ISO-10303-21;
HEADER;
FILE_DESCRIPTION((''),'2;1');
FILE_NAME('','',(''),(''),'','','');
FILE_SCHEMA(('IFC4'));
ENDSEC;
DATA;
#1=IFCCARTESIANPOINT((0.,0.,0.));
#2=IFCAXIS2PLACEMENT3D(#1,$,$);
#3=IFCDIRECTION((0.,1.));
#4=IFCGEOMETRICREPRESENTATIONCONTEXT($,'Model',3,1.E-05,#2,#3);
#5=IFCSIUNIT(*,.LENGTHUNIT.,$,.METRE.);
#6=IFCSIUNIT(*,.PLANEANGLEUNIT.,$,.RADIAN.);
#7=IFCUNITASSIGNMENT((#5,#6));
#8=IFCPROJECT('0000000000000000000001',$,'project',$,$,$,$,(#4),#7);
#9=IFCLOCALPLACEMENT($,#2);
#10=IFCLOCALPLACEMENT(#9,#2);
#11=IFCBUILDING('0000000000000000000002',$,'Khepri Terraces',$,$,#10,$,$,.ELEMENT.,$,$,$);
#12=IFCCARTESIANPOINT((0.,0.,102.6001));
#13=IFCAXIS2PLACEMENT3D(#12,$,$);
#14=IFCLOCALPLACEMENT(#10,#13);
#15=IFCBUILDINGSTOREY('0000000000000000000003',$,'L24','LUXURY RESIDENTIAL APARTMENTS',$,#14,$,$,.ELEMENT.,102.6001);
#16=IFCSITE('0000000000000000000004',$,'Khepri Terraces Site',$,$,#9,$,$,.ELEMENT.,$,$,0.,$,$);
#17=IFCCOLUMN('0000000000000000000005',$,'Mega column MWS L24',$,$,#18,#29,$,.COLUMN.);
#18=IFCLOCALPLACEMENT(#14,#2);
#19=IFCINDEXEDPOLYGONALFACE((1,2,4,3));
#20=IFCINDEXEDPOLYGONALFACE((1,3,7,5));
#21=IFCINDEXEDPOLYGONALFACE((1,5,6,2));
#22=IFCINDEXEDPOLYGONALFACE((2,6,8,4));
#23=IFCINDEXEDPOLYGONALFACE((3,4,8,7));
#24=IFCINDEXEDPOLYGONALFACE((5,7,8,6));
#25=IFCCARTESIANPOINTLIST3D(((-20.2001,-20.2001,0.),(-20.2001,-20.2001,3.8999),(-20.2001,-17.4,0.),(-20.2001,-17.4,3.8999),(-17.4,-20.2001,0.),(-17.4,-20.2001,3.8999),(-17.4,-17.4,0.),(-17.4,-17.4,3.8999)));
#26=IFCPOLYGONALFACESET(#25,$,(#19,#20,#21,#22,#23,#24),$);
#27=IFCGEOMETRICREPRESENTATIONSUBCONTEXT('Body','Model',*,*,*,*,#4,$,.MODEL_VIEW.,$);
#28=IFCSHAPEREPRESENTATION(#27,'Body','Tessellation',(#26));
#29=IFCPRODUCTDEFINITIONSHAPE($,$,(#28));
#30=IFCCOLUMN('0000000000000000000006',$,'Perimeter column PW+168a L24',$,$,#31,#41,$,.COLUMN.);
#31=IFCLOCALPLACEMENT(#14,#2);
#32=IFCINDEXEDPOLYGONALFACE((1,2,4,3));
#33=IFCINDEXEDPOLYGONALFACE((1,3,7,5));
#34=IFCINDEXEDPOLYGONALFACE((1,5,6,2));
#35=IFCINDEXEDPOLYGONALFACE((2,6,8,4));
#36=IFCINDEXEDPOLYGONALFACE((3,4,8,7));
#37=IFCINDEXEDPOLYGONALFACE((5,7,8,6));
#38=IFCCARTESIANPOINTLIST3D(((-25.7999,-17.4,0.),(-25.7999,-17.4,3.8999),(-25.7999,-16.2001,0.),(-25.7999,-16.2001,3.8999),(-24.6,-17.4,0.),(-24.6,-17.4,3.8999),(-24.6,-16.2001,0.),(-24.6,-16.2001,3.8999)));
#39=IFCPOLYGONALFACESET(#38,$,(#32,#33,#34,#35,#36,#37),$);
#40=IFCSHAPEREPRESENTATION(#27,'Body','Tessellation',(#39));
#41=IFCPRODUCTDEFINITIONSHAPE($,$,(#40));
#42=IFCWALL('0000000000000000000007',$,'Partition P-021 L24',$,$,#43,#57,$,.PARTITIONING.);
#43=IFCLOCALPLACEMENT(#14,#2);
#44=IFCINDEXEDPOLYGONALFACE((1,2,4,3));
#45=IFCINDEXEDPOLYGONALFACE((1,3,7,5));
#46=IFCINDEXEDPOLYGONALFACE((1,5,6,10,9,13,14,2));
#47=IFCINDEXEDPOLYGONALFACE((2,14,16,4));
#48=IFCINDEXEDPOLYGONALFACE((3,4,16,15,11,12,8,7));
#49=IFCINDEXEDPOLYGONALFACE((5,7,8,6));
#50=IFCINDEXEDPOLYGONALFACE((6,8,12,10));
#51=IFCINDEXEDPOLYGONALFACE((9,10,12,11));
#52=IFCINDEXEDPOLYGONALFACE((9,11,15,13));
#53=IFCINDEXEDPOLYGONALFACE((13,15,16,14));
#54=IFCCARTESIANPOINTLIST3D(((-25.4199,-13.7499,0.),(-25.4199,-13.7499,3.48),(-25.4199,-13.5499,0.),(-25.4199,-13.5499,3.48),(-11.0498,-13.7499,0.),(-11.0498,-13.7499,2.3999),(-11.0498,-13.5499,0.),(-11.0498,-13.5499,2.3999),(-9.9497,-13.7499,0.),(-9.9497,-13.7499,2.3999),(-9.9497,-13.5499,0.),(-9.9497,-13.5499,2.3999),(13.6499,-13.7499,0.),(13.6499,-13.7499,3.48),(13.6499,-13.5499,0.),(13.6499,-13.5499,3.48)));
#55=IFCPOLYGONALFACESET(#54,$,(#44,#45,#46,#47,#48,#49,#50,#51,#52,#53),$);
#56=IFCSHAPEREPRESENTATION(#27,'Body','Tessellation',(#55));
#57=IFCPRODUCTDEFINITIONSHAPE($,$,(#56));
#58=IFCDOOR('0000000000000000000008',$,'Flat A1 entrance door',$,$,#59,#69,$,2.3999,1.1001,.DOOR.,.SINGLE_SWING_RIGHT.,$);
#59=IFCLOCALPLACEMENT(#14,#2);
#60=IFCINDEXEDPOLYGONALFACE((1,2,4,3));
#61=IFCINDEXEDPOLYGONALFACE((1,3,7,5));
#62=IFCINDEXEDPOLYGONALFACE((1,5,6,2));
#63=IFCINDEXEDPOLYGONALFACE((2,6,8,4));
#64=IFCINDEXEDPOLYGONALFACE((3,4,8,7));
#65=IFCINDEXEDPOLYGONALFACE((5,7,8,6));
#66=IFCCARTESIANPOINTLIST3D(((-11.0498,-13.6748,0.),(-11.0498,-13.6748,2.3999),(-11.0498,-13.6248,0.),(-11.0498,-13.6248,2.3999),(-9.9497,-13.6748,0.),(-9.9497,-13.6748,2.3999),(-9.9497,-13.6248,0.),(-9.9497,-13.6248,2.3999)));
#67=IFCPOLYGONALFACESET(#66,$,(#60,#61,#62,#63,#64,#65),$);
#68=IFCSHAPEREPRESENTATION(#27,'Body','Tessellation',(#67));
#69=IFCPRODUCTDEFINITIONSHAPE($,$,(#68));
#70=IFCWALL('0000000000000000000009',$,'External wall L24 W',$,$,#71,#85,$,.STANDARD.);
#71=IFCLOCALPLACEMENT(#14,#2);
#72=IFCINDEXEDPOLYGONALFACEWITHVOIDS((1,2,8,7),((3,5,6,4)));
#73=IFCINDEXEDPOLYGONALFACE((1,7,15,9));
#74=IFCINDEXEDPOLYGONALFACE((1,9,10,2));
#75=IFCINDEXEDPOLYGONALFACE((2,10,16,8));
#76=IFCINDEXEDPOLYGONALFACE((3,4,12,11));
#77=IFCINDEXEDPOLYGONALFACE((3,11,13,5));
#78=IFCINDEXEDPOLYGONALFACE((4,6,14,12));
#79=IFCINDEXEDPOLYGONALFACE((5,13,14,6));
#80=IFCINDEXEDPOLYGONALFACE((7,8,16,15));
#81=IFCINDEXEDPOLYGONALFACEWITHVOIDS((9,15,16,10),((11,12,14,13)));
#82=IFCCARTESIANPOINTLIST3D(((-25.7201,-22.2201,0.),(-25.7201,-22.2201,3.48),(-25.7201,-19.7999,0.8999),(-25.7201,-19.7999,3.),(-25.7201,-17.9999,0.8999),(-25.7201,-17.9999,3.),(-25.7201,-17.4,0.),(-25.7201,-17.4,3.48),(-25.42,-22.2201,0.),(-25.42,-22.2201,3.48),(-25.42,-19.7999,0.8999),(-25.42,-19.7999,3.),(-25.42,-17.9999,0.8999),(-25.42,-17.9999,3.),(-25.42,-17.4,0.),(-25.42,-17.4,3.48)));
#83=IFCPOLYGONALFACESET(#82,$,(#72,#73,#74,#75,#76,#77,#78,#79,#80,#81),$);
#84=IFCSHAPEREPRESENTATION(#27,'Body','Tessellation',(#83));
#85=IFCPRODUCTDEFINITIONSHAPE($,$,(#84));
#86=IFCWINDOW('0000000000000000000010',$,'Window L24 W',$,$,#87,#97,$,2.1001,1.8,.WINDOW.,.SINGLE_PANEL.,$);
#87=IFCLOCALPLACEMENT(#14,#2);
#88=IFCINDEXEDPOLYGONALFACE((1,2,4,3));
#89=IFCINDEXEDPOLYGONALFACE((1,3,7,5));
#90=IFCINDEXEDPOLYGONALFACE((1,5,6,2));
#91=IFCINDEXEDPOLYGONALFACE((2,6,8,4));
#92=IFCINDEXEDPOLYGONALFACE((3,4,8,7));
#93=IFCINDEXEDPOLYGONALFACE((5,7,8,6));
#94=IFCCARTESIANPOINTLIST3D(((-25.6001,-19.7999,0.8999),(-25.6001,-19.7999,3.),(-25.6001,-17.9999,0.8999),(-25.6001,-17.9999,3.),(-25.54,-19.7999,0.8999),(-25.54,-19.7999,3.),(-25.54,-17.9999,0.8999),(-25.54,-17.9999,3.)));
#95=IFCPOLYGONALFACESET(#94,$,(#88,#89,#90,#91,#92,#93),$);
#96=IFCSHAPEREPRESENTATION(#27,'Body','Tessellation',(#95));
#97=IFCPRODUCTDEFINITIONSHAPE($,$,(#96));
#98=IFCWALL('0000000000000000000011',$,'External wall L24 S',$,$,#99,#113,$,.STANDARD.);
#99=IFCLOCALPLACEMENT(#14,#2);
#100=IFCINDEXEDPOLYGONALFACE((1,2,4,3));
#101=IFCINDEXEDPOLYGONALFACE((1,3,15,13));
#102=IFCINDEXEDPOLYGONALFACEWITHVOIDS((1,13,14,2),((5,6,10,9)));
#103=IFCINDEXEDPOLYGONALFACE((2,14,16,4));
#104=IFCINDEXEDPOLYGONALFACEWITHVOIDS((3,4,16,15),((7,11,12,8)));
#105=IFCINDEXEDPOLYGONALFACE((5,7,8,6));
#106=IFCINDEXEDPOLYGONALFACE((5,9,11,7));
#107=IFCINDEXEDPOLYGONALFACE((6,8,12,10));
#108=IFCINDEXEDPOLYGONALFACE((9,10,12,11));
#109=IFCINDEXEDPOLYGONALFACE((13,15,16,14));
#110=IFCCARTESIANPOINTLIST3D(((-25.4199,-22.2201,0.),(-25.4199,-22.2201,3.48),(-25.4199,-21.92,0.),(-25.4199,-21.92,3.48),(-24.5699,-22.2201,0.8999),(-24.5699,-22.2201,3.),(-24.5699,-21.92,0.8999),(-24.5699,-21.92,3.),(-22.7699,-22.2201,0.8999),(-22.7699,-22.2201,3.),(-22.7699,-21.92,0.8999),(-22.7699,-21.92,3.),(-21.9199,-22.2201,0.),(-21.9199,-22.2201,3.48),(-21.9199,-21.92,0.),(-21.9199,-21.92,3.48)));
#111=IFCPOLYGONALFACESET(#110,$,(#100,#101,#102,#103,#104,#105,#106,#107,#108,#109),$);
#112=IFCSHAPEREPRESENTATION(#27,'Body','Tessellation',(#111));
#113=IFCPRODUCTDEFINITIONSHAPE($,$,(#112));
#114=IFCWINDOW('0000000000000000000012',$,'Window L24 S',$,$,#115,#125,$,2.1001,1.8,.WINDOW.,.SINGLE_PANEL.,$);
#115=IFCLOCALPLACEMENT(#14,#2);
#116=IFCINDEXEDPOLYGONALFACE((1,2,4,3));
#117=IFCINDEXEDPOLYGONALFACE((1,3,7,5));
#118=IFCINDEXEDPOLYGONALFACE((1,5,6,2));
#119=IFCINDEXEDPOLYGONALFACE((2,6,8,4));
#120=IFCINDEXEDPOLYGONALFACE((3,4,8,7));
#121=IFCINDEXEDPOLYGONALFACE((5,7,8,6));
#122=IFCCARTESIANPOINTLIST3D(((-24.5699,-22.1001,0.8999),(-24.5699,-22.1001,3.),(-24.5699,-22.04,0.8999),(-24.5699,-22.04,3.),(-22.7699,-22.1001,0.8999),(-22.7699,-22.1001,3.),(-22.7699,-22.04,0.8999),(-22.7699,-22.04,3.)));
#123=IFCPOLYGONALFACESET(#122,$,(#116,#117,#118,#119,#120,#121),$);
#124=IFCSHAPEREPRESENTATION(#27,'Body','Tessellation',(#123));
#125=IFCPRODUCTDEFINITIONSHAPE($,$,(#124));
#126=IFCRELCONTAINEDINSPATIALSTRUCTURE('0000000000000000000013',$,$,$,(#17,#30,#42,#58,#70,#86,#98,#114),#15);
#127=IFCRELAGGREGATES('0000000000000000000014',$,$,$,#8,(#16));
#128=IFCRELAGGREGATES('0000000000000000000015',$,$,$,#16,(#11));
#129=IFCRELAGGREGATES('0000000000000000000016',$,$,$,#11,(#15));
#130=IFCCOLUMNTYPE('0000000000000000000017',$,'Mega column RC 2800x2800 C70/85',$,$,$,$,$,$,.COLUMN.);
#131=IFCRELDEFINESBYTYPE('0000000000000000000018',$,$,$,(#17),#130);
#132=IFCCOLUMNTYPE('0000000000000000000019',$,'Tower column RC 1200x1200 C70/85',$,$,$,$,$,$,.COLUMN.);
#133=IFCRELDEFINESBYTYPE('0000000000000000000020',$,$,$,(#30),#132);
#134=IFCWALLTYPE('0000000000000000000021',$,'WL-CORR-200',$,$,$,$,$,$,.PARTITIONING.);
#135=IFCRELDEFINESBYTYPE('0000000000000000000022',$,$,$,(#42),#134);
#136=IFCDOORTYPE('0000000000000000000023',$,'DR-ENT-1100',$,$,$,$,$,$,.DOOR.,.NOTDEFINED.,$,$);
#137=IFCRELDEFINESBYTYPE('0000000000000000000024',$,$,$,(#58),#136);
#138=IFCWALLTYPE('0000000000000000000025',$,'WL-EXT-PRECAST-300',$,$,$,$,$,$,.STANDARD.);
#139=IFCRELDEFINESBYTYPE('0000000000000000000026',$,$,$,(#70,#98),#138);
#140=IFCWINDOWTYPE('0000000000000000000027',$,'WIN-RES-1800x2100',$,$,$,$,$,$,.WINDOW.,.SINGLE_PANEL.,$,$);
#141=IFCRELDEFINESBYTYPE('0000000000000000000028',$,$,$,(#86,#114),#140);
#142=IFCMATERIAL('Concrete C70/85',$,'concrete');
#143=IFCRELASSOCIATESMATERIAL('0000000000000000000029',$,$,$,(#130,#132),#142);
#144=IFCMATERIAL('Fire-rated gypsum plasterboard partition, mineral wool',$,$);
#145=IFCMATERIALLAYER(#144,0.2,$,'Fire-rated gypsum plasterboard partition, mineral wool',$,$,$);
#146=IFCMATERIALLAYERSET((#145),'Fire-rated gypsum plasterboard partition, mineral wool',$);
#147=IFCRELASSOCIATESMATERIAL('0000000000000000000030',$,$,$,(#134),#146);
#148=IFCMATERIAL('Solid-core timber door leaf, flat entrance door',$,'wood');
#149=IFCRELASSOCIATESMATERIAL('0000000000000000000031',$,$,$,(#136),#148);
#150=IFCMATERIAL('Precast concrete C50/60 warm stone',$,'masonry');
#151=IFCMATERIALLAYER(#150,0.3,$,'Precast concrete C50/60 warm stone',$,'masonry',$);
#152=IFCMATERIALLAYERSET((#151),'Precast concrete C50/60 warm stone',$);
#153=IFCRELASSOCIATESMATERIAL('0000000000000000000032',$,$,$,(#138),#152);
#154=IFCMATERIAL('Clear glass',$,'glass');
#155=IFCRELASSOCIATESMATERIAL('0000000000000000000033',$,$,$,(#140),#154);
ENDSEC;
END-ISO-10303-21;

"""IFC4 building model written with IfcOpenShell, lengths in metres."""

from ifc_helpers import new_model, si_unit, direction, frame, frame_2d, origin, origin_2d, place, context, subcontext, project, spatial, rectangle, extrude, material, layer, layer_set, material_profile, profile_set, type_object, element, fill, save


model = new_model("IFC4")

# Units and contexts
model_context = context("Model", 3, precision=1e-05, world=origin(), true_north=direction((0.0, 1.0)))
body_context = subcontext(model_context, "Body", "Model", "MODEL_VIEW")
ifc_project = project(units=[si_unit("LENGTHUNIT", "METRE"), si_unit("PLANEANGLEUNIT", "RADIAN")], contexts=[model_context])

# Site, building, storey
site_placement = place(None, origin())
site = spatial("IfcSite", under=ifc_project, at=site_placement, Name="Khepri Terraces Site", CompositionType="ELEMENT", RefElevation=0.0)
building_placement = place(site_placement, origin())
building = spatial("IfcBuilding", under=site, at=building_placement, Name="Khepri Terraces", CompositionType="ELEMENT")
storey_placement = place(building_placement, frame((0.0, 0.0, 102.6001)))
storey = spatial("IfcBuildingStorey", under=building, at=storey_placement, Name="L24", Description="LUXURY RESIDENTIAL APARTMENTS", CompositionType="ELEMENT", Elevation=102.6001)

# Columns
ifc_material_1 = material(Name="Concrete C70/85", Category="concrete")
ifc_material_profile_1 = material_profile(ifc_material_1, rectangle(XDim=2.8, YDim=2.8, at=origin_2d()), Name="Concrete C70/85", Category="concrete")
ifc_profile_set_1 = profile_set([ifc_material_profile_1], Name="Concrete C70/85")
column_type_1 = type_object("IfcColumnType", Name="Mega column RC 2800x2800 C70/85", PredefinedType="COLUMN", material=ifc_profile_set_1)
column_1_placement = place(storey_placement, frame((-18.8, -18.8, 0.0), z_axis=(0.0, 0.0, 1.0), x_axis=(1.0, 0.0, 0.0)))
element("IfcColumn", 1, at=column_1_placement, inside=storey, type_object=column_type_1, Name="Mega column MWS L24", PredefinedType="COLUMN", context=body_context, shape_type="SweptSolid", body=[
    extrude(rectangle(XDim=2.8, YDim=2.8, at=origin_2d()), origin(), (0.0, 0.0, 1.0), 3.8999),
])
ifc_material_profile_2 = material_profile(ifc_material_1, rectangle(XDim=1.2, YDim=1.2, at=origin_2d()), Name="Concrete C70/85", Category="concrete")
ifc_profile_set_2 = profile_set([ifc_material_profile_2], Name="Concrete C70/85")
column_type_2 = type_object("IfcColumnType", Name="Tower column RC 1200x1200 C70/85", PredefinedType="COLUMN", material=ifc_profile_set_2)
column_2_placement = place(storey_placement, frame((-25.2, -16.8, 0.0), z_axis=(0.0, 0.0, 1.0), x_axis=(1.0, 0.0, 0.0)))
element("IfcColumn", 2, at=column_2_placement, inside=storey, type_object=column_type_2, Name="Perimeter column PW+168a L24", PredefinedType="COLUMN", context=body_context, shape_type="SweptSolid", body=[
    extrude(rectangle(XDim=1.2, YDim=1.2, at=origin_2d()), origin(), (0.0, 0.0, 1.0), 3.8999),
])

# Wall, opening, door
ifc_material_2 = material(Name="Fire-rated gypsum plasterboard partition, mineral wool")
ifc_layer_1 = layer(ifc_material_2, 0.2, Name="Fire-rated gypsum plasterboard partition, mineral wool")
ifc_layer_set_1 = layer_set([ifc_layer_1], Name="Fire-rated gypsum plasterboard partition, mineral wool")
wall_type_1 = type_object("IfcWallType", Name="WL-CORR-200", PredefinedType="PARTITIONING", material=ifc_layer_set_1)
wall_1_placement = place(storey_placement, frame((-25.4199, -13.6499, 0.0), z_axis=(0.0, 0.0, 1.0), x_axis=(1.0, 0.0, 0.0)))
wall_1 = element("IfcWall", 3, at=wall_1_placement, inside=storey, type_object=wall_type_1, Name="Partition P-021 L24", PredefinedType="PARTITIONING", context=body_context, shape_type="SweptSolid", body=[
    extrude(rectangle(XDim=39.0698, YDim=0.2, at=frame_2d((19.5349, 0.0))), origin(), (0.0, 0.0, 1.0), 3.48),
])
opening_1_placement = place(wall_1_placement, frame((14.3701, 0.0, 0.0)))
opening_1 = element("IfcOpeningElement", 4, at=opening_1_placement, cuts=wall_1, PredefinedType="OPENING", context=body_context, shape_type="SweptSolid", body=[
    extrude(rectangle(XDim=1.1001, YDim=2.3999, at=frame_2d((0.55, 1.2))), frame((0.0, 0.1099, 0.0), z_axis=(0.0, -1.0, 0.0), x_axis=(1.0, 0.0, 0.0)), (0.0, 0.0, 1.0), 0.22),
])
ifc_material_3 = material(Name="Solid-core timber door leaf, flat entrance door", Category="wood")
door_type_1 = type_object("IfcDoorType", Name="DR-ENT-1100", OperationType="NOTDEFINED", PredefinedType="DOOR", material=ifc_material_3)
door_1_placement = place(opening_1_placement, frame((1.1001, 0.0, 0.0), z_axis=(0.0, 0.0, 1.0), x_axis=(-1.0, 0.0, 0.0)))
door_1 = element("IfcDoor", 5, at=door_1_placement, inside=storey, type_object=door_type_1, Name="Flat A1 entrance door", OperationType="SINGLE_SWING_RIGHT", OverallHeight=2.3999, OverallWidth=1.1001, PredefinedType="DOOR", context=body_context, shape_type="SweptSolid", body=[
    extrude(rectangle(XDim=1.1001, YDim=2.3999, at=frame_2d((0.55, 1.2))), frame((0.0, 0.0249, 0.0), z_axis=(0.0, -1.0, 0.0), x_axis=(1.0, 0.0, 0.0)), (0.0, 0.0, 1.0), 0.05),
])
fill(opening_1, door_1)

# Walls, openings, windows
ifc_material_4 = material(Name="Precast concrete C50/60 warm stone", Category="masonry")
ifc_layer_2 = layer(ifc_material_4, 0.3, Name="Precast concrete C50/60 warm stone", Category="masonry")
ifc_layer_set_2 = layer_set([ifc_layer_2], Name="Precast concrete C50/60 warm stone")
wall_type_2 = type_object("IfcWallType", Name="WL-EXT-PRECAST-300", PredefinedType="STANDARD", material=ifc_layer_set_2)
wall_2_placement = place(storey_placement, frame((-25.5701, -17.3999, 0.0), z_axis=(0.0, 0.0, 1.0), x_axis=(0.0, -1.0, 0.0)))
wall_2 = element("IfcWall", 6, at=wall_2_placement, inside=storey, type_object=wall_type_2, Name="External wall L24 W", PredefinedType="STANDARD", context=body_context, shape_type="SweptSolid", body=[
    extrude(rectangle(XDim=4.8201, YDim=0.3, at=frame_2d((2.4102, 0.0))), origin(), (0.0, 0.0, 1.0), 3.48),
])
opening_2_placement = place(wall_2_placement, frame((0.6001, 0.0, 0.8999)))
opening_2 = element("IfcOpeningElement", 7, at=opening_2_placement, cuts=wall_2, PredefinedType="OPENING", context=body_context, shape_type="SweptSolid", body=[
    extrude(rectangle(XDim=1.8, YDim=2.1001, at=frame_2d((0.8999, 1.05))), frame((0.0, 0.1602, 0.0), z_axis=(0.0, -1.0, 0.0), x_axis=(1.0, 0.0, 0.0)), (0.0, 0.0, 1.0), 0.3201),
])
ifc_material_5 = material(Name="Clear glass", Category="glass")
window_type = type_object("IfcWindowType", Name="WIN-RES-1800x2100", PartitioningType="SINGLE_PANEL", PredefinedType="WINDOW", material=ifc_material_5)
window_1_placement = place(opening_2_placement, origin())
window_1 = element("IfcWindow", 8, at=window_1_placement, inside=storey, type_object=window_type, Name="Window L24 W", OverallHeight=2.1001, OverallWidth=1.8, PartitioningType="SINGLE_PANEL", PredefinedType="WINDOW", context=body_context, shape_type="SweptSolid", body=[
    extrude(rectangle(XDim=1.8, YDim=2.1001, at=frame_2d((0.8999, 1.05))), frame((0.0, 0.03, 0.0), z_axis=(0.0, -1.0, 0.0), x_axis=(1.0, 0.0, 0.0)), (0.0, 0.0, 1.0), 0.0601),
])
fill(opening_2, window_1)
wall_3_placement = place(storey_placement, frame((-25.4199, -22.0701, 0.0), z_axis=(0.0, 0.0, 1.0), x_axis=(1.0, 0.0, 0.0)))
wall_3 = element("IfcWall", 9, at=wall_3_placement, inside=storey, type_object=wall_type_2, Name="External wall L24 S", PredefinedType="STANDARD", context=body_context, shape_type="SweptSolid", body=[
    extrude(rectangle(XDim=3.5, YDim=0.3, at=frame_2d((1.75, 0.0))), origin(), (0.0, 0.0, 1.0), 3.48),
])
opening_3_placement = place(wall_3_placement, frame((0.8501, 0.0, 0.8999)))
opening_3 = element("IfcOpeningElement", 10, at=opening_3_placement, cuts=wall_3, PredefinedType="OPENING", context=body_context, shape_type="SweptSolid", body=[
    extrude(rectangle(XDim=1.8, YDim=2.1001, at=frame_2d((0.8999, 1.05))), frame((0.0, 0.1602, 0.0), z_axis=(0.0, -1.0, 0.0), x_axis=(1.0, 0.0, 0.0)), (0.0, 0.0, 1.0), 0.3201),
])
window_2_placement = place(opening_3_placement, origin())
window_2 = element("IfcWindow", 11, at=window_2_placement, inside=storey, type_object=window_type, Name="Window L24 S", OverallHeight=2.1001, OverallWidth=1.8, PartitioningType="SINGLE_PANEL", PredefinedType="WINDOW", context=body_context, shape_type="SweptSolid", body=[
    extrude(rectangle(XDim=1.8, YDim=2.1001, at=frame_2d((0.8999, 1.05))), frame((0.0, 0.03, 0.0), z_axis=(0.0, -1.0, 0.0), x_axis=(1.0, 0.0, 0.0)), (0.0, 0.0, 1.0), 0.0601),
])
fill(opening_3, window_2)

save(model, "model.ifc")
